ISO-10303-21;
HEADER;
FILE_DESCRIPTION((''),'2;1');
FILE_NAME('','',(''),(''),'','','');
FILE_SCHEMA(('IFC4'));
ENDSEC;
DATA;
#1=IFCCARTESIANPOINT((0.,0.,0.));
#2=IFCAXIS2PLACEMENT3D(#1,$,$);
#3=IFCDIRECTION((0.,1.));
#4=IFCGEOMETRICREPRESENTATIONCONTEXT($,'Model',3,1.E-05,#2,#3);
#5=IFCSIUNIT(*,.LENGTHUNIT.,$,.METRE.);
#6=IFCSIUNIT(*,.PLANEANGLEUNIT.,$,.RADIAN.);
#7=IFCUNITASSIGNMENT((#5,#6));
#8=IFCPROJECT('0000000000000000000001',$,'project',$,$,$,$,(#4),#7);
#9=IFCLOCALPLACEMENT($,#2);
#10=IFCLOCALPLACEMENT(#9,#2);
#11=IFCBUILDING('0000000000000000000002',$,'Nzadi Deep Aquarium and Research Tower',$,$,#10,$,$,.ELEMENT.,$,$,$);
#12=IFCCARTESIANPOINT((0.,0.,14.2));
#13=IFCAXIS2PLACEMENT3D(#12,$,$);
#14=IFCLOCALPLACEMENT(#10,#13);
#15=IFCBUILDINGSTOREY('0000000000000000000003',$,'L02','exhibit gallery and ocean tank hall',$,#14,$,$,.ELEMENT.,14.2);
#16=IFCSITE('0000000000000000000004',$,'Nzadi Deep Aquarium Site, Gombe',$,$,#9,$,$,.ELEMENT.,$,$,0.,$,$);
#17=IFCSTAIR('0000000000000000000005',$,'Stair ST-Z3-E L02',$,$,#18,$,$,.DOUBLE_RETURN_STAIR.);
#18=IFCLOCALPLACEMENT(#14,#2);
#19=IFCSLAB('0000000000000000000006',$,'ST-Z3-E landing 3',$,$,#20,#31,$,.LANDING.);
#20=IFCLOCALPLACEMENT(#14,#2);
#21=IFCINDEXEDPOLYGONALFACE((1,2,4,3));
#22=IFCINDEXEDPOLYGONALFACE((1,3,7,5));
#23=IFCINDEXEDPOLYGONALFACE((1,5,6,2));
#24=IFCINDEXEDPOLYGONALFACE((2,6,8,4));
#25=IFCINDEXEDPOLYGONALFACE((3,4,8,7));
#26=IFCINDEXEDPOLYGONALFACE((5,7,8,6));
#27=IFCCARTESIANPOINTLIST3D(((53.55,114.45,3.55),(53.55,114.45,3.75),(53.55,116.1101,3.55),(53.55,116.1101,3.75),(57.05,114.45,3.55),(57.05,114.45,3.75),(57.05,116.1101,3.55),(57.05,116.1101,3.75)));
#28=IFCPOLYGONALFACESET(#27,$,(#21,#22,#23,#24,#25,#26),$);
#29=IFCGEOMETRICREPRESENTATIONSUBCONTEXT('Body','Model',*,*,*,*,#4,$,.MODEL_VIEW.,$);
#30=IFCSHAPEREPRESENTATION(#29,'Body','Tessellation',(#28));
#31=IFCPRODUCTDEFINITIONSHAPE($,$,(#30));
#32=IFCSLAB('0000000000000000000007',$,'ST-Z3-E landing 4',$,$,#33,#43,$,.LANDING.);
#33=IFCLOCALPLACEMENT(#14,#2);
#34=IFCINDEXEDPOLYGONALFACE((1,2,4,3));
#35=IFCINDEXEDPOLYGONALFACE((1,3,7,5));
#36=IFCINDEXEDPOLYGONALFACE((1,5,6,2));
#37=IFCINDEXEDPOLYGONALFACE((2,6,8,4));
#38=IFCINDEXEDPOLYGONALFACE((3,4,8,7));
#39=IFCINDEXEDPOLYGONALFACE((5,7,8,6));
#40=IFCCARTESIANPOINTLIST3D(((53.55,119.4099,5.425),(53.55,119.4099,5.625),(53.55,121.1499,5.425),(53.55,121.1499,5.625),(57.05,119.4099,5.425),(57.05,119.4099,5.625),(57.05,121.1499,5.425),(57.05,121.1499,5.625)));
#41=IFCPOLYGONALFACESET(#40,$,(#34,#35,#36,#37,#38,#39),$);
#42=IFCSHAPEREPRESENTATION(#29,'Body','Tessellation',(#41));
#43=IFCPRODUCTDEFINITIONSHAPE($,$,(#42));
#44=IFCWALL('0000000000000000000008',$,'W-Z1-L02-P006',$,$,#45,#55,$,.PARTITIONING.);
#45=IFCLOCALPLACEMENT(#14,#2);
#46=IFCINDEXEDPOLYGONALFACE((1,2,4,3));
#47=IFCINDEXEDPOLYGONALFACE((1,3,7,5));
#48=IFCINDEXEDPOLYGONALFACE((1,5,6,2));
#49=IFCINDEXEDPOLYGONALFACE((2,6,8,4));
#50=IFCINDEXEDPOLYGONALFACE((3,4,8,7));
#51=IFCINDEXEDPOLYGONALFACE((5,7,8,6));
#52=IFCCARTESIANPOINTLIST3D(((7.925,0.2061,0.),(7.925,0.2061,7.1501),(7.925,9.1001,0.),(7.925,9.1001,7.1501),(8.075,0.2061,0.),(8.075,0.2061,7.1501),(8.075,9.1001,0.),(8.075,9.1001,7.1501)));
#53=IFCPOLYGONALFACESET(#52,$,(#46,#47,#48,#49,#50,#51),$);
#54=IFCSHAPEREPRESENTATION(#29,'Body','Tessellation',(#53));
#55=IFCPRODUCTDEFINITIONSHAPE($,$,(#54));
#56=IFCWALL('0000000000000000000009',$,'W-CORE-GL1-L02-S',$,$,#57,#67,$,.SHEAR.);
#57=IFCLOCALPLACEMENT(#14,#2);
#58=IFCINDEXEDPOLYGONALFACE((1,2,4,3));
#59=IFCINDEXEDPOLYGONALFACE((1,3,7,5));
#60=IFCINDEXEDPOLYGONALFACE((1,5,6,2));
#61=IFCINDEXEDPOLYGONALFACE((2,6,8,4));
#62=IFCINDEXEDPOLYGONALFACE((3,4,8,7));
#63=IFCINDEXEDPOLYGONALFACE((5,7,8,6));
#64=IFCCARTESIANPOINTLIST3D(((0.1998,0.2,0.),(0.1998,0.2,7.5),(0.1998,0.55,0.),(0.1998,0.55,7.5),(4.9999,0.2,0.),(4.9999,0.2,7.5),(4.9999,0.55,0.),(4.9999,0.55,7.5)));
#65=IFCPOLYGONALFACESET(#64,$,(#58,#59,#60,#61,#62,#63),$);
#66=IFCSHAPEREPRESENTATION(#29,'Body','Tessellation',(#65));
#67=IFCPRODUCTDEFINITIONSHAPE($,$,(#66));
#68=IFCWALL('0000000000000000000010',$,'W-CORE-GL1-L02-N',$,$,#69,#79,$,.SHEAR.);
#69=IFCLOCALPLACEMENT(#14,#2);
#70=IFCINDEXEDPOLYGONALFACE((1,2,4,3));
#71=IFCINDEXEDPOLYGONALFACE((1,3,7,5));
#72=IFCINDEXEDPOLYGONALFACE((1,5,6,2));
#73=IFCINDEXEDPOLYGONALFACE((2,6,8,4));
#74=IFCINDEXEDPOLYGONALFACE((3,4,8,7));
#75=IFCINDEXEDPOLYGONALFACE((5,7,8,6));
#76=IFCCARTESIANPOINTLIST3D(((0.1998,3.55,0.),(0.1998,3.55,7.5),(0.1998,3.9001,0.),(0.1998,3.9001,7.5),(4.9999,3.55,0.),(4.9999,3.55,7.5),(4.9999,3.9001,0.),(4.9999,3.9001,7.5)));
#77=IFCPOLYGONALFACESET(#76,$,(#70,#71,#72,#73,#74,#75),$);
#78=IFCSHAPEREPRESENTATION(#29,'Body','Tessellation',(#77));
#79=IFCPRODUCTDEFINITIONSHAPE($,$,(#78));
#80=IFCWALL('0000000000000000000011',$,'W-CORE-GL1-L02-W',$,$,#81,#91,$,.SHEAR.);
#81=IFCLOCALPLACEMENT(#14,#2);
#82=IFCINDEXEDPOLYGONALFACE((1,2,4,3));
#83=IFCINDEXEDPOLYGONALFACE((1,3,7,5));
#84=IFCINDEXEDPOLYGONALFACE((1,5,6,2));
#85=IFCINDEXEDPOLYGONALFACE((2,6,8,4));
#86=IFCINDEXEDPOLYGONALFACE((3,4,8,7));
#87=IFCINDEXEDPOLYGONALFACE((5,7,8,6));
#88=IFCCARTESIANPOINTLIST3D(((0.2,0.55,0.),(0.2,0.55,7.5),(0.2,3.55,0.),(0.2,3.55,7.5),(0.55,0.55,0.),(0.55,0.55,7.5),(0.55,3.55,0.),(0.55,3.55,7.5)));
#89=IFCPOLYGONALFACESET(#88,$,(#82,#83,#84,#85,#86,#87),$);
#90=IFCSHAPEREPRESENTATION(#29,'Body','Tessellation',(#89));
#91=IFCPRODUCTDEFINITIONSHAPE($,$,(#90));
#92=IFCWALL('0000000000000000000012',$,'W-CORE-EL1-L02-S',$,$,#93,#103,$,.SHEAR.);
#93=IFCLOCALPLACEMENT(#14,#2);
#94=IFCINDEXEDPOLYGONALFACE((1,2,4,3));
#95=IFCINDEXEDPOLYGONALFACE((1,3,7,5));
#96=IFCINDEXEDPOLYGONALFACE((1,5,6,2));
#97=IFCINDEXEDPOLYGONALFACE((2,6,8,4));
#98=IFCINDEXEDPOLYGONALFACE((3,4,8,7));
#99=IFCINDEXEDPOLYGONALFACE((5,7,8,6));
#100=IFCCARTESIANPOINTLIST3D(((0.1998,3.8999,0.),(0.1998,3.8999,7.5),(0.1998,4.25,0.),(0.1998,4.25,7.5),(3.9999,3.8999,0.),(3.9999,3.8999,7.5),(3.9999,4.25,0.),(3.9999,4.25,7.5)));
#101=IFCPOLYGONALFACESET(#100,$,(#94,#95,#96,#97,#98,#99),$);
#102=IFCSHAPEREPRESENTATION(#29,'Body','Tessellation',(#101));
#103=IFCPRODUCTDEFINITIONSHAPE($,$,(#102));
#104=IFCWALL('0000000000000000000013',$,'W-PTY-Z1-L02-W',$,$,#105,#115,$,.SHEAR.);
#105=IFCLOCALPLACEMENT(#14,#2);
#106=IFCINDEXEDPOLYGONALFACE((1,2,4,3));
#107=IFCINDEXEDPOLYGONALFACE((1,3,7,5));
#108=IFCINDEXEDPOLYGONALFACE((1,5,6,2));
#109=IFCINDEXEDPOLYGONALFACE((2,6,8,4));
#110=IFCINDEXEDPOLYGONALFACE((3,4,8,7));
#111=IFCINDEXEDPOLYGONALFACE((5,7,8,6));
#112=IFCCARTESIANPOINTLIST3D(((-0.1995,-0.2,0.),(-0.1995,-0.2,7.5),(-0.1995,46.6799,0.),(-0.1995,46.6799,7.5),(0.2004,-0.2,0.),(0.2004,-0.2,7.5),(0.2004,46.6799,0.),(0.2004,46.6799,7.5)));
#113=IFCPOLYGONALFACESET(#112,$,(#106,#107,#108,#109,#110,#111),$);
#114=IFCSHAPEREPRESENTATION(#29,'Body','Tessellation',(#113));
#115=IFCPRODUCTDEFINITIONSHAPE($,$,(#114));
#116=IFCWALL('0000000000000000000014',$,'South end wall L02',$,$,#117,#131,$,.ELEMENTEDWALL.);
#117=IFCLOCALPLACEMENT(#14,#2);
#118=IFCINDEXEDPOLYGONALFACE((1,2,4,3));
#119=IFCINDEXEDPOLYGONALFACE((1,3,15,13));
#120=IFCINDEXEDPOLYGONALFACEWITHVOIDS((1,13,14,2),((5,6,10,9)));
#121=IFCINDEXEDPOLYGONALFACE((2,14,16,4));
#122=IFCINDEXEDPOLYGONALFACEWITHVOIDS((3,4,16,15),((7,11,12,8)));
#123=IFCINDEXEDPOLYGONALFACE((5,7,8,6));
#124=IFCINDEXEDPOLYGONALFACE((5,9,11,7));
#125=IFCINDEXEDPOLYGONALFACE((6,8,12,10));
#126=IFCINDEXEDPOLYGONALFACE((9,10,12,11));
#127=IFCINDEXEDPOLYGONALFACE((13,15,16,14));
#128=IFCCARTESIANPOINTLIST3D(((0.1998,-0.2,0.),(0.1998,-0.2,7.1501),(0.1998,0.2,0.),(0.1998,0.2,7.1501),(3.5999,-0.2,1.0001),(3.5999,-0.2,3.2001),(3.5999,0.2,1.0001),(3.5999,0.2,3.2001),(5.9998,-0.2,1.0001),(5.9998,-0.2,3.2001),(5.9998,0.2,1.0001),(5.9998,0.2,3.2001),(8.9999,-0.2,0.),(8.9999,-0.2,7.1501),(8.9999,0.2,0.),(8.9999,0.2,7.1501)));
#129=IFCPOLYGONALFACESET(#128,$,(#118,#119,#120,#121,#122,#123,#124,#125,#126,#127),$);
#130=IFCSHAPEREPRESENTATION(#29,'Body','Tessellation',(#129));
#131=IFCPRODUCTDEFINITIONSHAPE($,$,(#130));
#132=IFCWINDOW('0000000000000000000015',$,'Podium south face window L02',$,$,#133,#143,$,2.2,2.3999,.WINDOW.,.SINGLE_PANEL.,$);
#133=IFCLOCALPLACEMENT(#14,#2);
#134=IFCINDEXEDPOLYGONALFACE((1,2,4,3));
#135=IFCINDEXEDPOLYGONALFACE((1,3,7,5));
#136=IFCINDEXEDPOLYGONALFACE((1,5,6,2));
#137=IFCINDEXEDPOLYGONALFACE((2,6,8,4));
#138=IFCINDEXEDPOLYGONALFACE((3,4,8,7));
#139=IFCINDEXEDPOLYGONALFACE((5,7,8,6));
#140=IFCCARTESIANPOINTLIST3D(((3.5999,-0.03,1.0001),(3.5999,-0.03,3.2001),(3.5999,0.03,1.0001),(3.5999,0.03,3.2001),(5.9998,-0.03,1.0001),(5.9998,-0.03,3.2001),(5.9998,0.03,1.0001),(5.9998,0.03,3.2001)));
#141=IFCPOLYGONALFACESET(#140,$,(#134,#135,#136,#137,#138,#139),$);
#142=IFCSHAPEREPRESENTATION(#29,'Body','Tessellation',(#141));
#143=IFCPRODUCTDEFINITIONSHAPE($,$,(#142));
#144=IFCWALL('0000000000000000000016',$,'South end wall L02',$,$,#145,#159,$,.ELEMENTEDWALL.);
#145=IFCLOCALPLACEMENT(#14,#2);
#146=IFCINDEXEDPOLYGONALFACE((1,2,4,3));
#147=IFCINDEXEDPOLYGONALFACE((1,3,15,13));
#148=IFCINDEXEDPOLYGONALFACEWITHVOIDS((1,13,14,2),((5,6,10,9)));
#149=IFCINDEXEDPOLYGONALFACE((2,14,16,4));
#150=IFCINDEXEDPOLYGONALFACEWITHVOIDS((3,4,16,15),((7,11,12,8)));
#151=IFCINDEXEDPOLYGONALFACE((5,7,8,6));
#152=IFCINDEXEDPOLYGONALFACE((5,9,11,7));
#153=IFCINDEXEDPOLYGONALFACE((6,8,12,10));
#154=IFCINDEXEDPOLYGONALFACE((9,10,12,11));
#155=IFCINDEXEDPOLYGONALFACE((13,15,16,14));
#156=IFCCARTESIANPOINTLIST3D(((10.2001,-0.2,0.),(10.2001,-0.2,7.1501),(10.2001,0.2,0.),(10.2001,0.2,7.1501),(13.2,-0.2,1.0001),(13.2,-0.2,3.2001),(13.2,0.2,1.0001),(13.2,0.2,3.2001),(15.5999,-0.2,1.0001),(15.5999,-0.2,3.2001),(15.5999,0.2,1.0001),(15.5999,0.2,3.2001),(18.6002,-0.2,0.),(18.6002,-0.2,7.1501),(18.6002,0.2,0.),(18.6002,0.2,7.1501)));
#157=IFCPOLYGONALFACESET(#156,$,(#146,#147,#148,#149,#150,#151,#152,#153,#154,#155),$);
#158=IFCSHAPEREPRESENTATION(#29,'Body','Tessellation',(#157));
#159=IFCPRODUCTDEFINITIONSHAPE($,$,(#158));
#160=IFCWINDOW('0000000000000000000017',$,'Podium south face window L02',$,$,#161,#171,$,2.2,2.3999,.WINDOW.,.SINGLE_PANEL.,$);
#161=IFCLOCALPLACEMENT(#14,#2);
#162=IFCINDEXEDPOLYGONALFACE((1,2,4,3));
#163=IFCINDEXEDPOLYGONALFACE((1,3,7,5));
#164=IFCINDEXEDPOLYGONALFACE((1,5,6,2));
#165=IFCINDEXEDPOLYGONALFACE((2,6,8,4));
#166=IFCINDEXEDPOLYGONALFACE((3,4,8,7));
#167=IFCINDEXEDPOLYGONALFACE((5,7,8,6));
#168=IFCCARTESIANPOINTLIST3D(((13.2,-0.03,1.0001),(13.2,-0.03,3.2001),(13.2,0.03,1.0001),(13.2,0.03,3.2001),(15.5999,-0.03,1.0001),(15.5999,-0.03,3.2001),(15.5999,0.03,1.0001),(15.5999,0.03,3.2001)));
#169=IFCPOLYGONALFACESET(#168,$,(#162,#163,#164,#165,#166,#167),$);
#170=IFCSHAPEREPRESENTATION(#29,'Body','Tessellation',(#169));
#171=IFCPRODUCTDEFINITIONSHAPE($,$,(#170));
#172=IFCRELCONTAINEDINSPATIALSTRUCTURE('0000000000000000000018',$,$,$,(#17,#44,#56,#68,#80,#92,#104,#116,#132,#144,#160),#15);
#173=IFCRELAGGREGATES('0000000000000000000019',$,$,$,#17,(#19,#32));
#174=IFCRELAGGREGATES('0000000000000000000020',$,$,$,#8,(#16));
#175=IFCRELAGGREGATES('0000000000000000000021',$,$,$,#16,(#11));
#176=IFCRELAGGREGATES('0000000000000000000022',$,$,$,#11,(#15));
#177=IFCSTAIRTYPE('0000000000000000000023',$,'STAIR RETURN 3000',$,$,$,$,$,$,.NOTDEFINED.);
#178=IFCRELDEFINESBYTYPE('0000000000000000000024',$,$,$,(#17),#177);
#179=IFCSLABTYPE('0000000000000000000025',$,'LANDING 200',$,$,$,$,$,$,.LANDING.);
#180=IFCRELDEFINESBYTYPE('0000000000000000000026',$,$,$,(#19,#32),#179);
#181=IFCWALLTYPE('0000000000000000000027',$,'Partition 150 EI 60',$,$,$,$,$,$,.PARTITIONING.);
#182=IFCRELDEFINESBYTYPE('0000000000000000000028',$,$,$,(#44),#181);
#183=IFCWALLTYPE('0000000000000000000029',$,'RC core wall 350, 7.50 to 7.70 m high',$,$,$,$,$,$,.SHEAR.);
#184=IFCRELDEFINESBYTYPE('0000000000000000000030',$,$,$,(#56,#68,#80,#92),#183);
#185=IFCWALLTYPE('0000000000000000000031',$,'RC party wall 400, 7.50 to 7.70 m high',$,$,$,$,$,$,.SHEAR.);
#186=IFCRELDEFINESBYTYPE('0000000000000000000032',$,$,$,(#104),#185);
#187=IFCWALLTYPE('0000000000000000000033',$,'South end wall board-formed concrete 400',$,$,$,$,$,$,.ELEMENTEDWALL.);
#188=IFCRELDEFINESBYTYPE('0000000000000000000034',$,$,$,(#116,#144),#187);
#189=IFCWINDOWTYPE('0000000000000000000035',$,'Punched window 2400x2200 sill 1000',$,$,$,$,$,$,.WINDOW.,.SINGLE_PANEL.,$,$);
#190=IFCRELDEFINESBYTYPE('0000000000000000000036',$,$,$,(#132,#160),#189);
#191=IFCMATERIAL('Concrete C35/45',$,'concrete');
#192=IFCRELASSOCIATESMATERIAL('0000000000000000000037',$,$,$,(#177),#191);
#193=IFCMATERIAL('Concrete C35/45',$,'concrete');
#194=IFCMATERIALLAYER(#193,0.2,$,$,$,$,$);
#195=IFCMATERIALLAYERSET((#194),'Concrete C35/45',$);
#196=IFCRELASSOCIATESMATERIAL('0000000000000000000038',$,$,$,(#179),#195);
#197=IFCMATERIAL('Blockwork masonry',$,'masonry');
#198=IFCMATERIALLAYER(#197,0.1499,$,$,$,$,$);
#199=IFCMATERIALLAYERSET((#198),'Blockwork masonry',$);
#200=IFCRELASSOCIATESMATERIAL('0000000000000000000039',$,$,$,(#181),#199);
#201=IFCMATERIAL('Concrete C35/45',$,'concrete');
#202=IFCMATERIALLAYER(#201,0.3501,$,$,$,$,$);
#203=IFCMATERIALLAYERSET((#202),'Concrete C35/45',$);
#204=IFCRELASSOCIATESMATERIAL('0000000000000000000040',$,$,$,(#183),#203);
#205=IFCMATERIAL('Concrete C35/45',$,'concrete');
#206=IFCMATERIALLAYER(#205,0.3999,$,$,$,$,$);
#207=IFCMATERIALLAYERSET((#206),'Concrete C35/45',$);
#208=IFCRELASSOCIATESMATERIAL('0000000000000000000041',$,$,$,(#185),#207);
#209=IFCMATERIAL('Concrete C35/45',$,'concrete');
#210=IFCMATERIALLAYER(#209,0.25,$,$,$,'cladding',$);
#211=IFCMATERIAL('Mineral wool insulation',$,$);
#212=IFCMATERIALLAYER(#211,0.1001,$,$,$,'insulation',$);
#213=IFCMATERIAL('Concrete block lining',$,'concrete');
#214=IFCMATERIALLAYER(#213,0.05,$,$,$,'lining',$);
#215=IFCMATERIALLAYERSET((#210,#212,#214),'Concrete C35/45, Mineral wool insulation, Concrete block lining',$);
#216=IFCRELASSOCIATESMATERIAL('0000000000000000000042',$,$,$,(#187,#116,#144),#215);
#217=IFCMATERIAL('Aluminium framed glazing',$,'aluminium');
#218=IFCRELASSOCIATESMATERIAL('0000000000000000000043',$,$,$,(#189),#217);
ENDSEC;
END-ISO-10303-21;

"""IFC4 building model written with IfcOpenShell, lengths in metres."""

from ifc_helpers import new_model, si_unit, direction, frame, frame_2d, origin, place, context, subcontext, project, spatial, polyline, rectangle, outline, extrude, material, layer, layer_set, layer_usage, type_object, element, fill, aggregate, save


model = new_model("IFC4")

# Units and contexts
model_context = context("Model", 3, precision=1e-05, world=origin(), true_north=direction((0.0, 1.0)))
body_context = subcontext(model_context, "Body", "Model", "MODEL_VIEW")
ifc_project = project(units=[si_unit("LENGTHUNIT", "METRE"), si_unit("PLANEANGLEUNIT", "RADIAN")], contexts=[model_context])

# Site, building, storey
site_placement = place(None, origin())
site = spatial("IfcSite", under=ifc_project, at=site_placement, Name="Nzadi Deep Aquarium Site, Gombe", CompositionType="ELEMENT", RefElevation=0.0)
building_placement = place(site_placement, origin())
building = spatial("IfcBuilding", under=site, at=building_placement, Name="Nzadi Deep Aquarium and Research Tower", CompositionType="ELEMENT")
storey_placement = place(building_placement, frame((0.0, 0.0, 14.2)))
storey = spatial("IfcBuildingStorey", under=building, at=storey_placement, Name="L02", Description="exhibit gallery and ocean tank hall", CompositionType="ELEMENT", Elevation=14.2)

# Stair, slabs
ifc_material_1 = material(Name="Concrete C35/45", Category="concrete")
stair_type = type_object("IfcStairType", Name="STAIR RETURN 3000", PredefinedType="NOTDEFINED", material=ifc_material_1)
ifc_material_2 = material(Name="Concrete C35/45", Category="concrete")
ifc_layer_1 = layer(ifc_material_2, 0.2)
ifc_layer_set_1 = layer_set([ifc_layer_1], Name="Concrete C35/45")
slab_type = type_object("IfcSlabType", Name="LANDING 200", PredefinedType="LANDING", material=ifc_layer_set_1)
stair_1_placement = place(storey_placement, origin())
stair_1 = element("IfcStair", 1, at=stair_1_placement, inside=storey, type_object=stair_type, Name="Stair ST-Z3-E L02", PredefinedType="DOUBLE_RETURN_STAIR")
slab_1_placement = place(storey_placement, frame((0.0, 0.0, 3.55)))
slab_1 = element("IfcSlab", 2, at=slab_1_placement, type_object=slab_type, Name="ST-Z3-E landing 3", PredefinedType="LANDING", context=body_context, shape_type="SweptSolid", body=[
    extrude(outline(polyline([(57.05, 116.1101), (53.55, 116.1101), (53.55, 114.45), (57.05, 114.45), (57.05, 116.1101)])), origin(), (0.0, 0.0, 1.0), 0.2),
])
slab_2_placement = place(storey_placement, frame((0.0, 0.0, 5.425)))
slab_2 = element("IfcSlab", 3, at=slab_2_placement, type_object=slab_type, Name="ST-Z3-E landing 4", PredefinedType="LANDING", context=body_context, shape_type="SweptSolid", body=[
    extrude(outline(polyline([(57.05, 121.1499), (53.55, 121.1499), (53.55, 119.4099), (57.05, 119.4099), (57.05, 121.1499)])), origin(), (0.0, 0.0, 1.0), 0.2),
])
aggregate(stair_1, [slab_1, slab_2])

# Walls
ifc_material_3 = material(Name="Blockwork masonry", Category="masonry")
ifc_layer_2 = layer(ifc_material_3, 0.1499)
ifc_layer_set_2 = layer_set([ifc_layer_2], Name="Blockwork masonry")
wall_type_1 = type_object("IfcWallType", Name="Partition 150 EI 60", PredefinedType="PARTITIONING", material=ifc_layer_set_2)
wall_1_placement = place(storey_placement, frame((8.0, 0.2061, 0.0), z_axis=(0.0, 0.0, 1.0), x_axis=(0.0, 1.0, 0.0)))
element("IfcWall", 4, at=wall_1_placement, inside=storey, type_object=wall_type_1, Name="W-Z1-L02-P006", PredefinedType="PARTITIONING", context=body_context, shape_type="SweptSolid", body=[
    extrude(rectangle(XDim=8.894, YDim=0.1499, at=frame_2d((4.447, 0.0))), origin(), (0.0, 0.0, 1.0), 7.1501),
])
ifc_material_4 = material(Name="Concrete C35/45", Category="concrete")
ifc_layer_3 = layer(ifc_material_4, 0.3501)
ifc_layer_set_3 = layer_set([ifc_layer_3], Name="Concrete C35/45")
wall_type_2 = type_object("IfcWallType", Name="RC core wall 350, 7.50 to 7.70 m high", PredefinedType="SHEAR", material=ifc_layer_set_3)
for number, where, z_axis, x_axis, name in (
    (5, (0.2, 0.375, 0.0), (0.0, 0.0, 1.0), (1.0, 0.0, 0.0), "W-CORE-GL1-L02-S"),
    (6, (0.2, 3.7251, 0.0), (0.0, 0.0, 1.0), (1.0, 0.0, 0.0), "W-CORE-GL1-L02-N"),
):
    element("IfcWall", number, at=place(storey_placement, frame(where, z_axis=z_axis, x_axis=x_axis)), inside=storey, type_object=wall_type_2, Name=name, PredefinedType="SHEAR", context=body_context, shape_type="SweptSolid", body=[
        extrude(rectangle(XDim=4.8, YDim=0.3501, at=frame_2d((2.3999, 0.0))), origin(), (0.0, 0.0, 1.0), 7.5),
    ])
wall_2_placement = place(storey_placement, frame((0.375, 0.55, 0.0), z_axis=(0.0, 0.0, 1.0), x_axis=(0.0, 1.0, 0.0)))
element("IfcWall", 7, at=wall_2_placement, inside=storey, type_object=wall_type_2, Name="W-CORE-GL1-L02-W", PredefinedType="SHEAR", context=body_context, shape_type="SweptSolid", body=[
    extrude(rectangle(XDim=3.0, YDim=0.3501, at=frame_2d((1.5, 0.0))), origin(), (0.0, 0.0, 1.0), 7.5),
])

# Walls
wall_3_placement = place(storey_placement, frame((0.2, 4.075, 0.0), z_axis=(0.0, 0.0, 1.0), x_axis=(1.0, 0.0, 0.0)))
element("IfcWall", 8, at=wall_3_placement, inside=storey, type_object=wall_type_2, Name="W-CORE-EL1-L02-S", PredefinedType="SHEAR", context=body_context, shape_type="SweptSolid", body=[
    extrude(rectangle(XDim=3.8, YDim=0.3501, at=frame_2d((1.8999, 0.0))), origin(), (0.0, 0.0, 1.0), 7.5),
])
ifc_material_5 = material(Name="Concrete C35/45", Category="concrete")
ifc_layer_4 = layer(ifc_material_5, 0.3999)
ifc_layer_set_4 = layer_set([ifc_layer_4], Name="Concrete C35/45")
wall_type_3 = type_object("IfcWallType", Name="RC party wall 400, 7.50 to 7.70 m high", PredefinedType="SHEAR", material=ifc_layer_set_4)
wall_4_placement = place(storey_placement, frame((0.0005, -0.2, 0.0), z_axis=(0.0, 0.0, 1.0), x_axis=(0.0, 1.0, 0.0)))
element("IfcWall", 9, at=wall_4_placement, inside=storey, type_object=wall_type_3, Name="W-PTY-Z1-L02-W", PredefinedType="SHEAR", context=body_context, shape_type="SweptSolid", body=[
    extrude(rectangle(XDim=46.8799, YDim=0.3999, at=frame_2d((23.4399, 0.0))), origin(), (0.0, 0.0, 1.0), 7.5),
])

# Walls, openings, windows
ifc_material_6 = material(Name="Concrete C35/45", Category="concrete")
ifc_layer_5 = layer(ifc_material_6, 0.25, Category="cladding")
ifc_material_7 = material(Name="Mineral wool insulation")
ifc_layer_6 = layer(ifc_material_7, 0.1001, Category="insulation")
ifc_material_8 = material(Name="Concrete block lining", Category="concrete")
ifc_layer_7 = layer(ifc_material_8, 0.05, Category="lining")
ifc_layer_set_5 = layer_set([ifc_layer_5, ifc_layer_6, ifc_layer_7], Name="Concrete C35/45, Mineral wool insulation, Concrete block lining")
ifc_layer_usage_1 = layer_usage(ifc_layer_set_5, "AXIS2", "POSITIVE", -0.2)
wall_type_4 = type_object("IfcWallType", Name="South end wall board-formed concrete 400", PredefinedType="ELEMENTEDWALL", material=ifc_layer_set_5)
wall_5_placement = place(storey_placement, frame((0.2, 0.0, 0.0), z_axis=(0.0, 0.0, 1.0), x_axis=(1.0, 0.0, 0.0)))
wall_5 = element("IfcWall", 10, at=wall_5_placement, inside=storey, type_object=wall_type_4, material=ifc_layer_usage_1, Name="South end wall L02", PredefinedType="ELEMENTEDWALL", context=body_context, shape_type="SweptSolid", body=[
    extrude(rectangle(XDim=8.8, YDim=0.3999, at=frame_2d((4.3999, 0.0))), origin(), (0.0, 0.0, 1.0), 7.1501),
])
opening_1_placement = place(wall_5_placement, frame((3.3999, 0.0, 1.0)))
opening_1 = element("IfcOpeningElement", 11, at=opening_1_placement, cuts=wall_5, PredefinedType="OPENING", context=body_context, shape_type="SweptSolid", body=[
    extrude(rectangle(XDim=2.3999, YDim=2.2, at=frame_2d((1.2, 1.1001))), frame((0.0, 0.21, 0.0), z_axis=(0.0, -1.0, 0.0), x_axis=(1.0, 0.0, 0.0)), (0.0, 0.0, 1.0), 0.4199),
])
ifc_material_9 = material(Name="Aluminium framed glazing", Category="aluminium")
window_type = type_object("IfcWindowType", Name="Punched window 2400x2200 sill 1000", PartitioningType="SINGLE_PANEL", PredefinedType="WINDOW", material=ifc_material_9)
window_1_placement = place(opening_1_placement, origin())
window_1 = element("IfcWindow", 12, at=window_1_placement, inside=storey, type_object=window_type, Name="Podium south face window L02", OverallHeight=2.2, OverallWidth=2.3999, PartitioningType="SINGLE_PANEL", PredefinedType="WINDOW", context=body_context, shape_type="SweptSolid", body=[
    extrude(rectangle(XDim=2.3999, YDim=2.2, at=frame_2d((1.2, 1.1001))), frame((0.0, 0.03, 0.0), z_axis=(0.0, -1.0, 0.0), x_axis=(1.0, 0.0, 0.0)), (0.0, 0.0, 1.0), 0.0601),
])
fill(opening_1, window_1)
ifc_layer_usage_2 = layer_usage(ifc_layer_set_5, "AXIS2", "POSITIVE", -0.2)
wall_6_placement = place(storey_placement, frame((10.2, 0.0, 0.0), z_axis=(0.0, 0.0, 1.0), x_axis=(1.0, 0.0, 0.0)))
wall_6 = element("IfcWall", 13, at=wall_6_placement, inside=storey, type_object=wall_type_4, material=ifc_layer_usage_2, Name="South end wall L02", PredefinedType="ELEMENTEDWALL", context=body_context, shape_type="SweptSolid", body=[
    extrude(rectangle(XDim=8.4001, YDim=0.3999, at=frame_2d((4.2002, 0.0))), origin(), (0.0, 0.0, 1.0), 7.1501),
])
opening_2_placement = place(wall_6_placement, frame((3.0, 0.0, 1.0)))
opening_2 = element("IfcOpeningElement", 14, at=opening_2_placement, cuts=wall_6, PredefinedType="OPENING", context=body_context, shape_type="SweptSolid", body=[
    extrude(rectangle(XDim=2.3999, YDim=2.2, at=frame_2d((1.2, 1.1001))), frame((0.0, 0.21, 0.0), z_axis=(0.0, -1.0, 0.0), x_axis=(1.0, 0.0, 0.0)), (0.0, 0.0, 1.0), 0.4199),
])
window_2_placement = place(opening_2_placement, origin())
window_2 = element("IfcWindow", 15, at=window_2_placement, inside=storey, type_object=window_type, Name="Podium south face window L02", OverallHeight=2.2, OverallWidth=2.3999, PartitioningType="SINGLE_PANEL", PredefinedType="WINDOW", context=body_context, shape_type="SweptSolid", body=[
    extrude(rectangle(XDim=2.3999, YDim=2.2, at=frame_2d((1.2, 1.1001))), frame((0.0, 0.03, 0.0), z_axis=(0.0, -1.0, 0.0), x_axis=(1.0, 0.0, 0.0)), (0.0, 0.0, 1.0), 0.0601),
])
fill(opening_2, window_2)

save(model, "model.ifc")
